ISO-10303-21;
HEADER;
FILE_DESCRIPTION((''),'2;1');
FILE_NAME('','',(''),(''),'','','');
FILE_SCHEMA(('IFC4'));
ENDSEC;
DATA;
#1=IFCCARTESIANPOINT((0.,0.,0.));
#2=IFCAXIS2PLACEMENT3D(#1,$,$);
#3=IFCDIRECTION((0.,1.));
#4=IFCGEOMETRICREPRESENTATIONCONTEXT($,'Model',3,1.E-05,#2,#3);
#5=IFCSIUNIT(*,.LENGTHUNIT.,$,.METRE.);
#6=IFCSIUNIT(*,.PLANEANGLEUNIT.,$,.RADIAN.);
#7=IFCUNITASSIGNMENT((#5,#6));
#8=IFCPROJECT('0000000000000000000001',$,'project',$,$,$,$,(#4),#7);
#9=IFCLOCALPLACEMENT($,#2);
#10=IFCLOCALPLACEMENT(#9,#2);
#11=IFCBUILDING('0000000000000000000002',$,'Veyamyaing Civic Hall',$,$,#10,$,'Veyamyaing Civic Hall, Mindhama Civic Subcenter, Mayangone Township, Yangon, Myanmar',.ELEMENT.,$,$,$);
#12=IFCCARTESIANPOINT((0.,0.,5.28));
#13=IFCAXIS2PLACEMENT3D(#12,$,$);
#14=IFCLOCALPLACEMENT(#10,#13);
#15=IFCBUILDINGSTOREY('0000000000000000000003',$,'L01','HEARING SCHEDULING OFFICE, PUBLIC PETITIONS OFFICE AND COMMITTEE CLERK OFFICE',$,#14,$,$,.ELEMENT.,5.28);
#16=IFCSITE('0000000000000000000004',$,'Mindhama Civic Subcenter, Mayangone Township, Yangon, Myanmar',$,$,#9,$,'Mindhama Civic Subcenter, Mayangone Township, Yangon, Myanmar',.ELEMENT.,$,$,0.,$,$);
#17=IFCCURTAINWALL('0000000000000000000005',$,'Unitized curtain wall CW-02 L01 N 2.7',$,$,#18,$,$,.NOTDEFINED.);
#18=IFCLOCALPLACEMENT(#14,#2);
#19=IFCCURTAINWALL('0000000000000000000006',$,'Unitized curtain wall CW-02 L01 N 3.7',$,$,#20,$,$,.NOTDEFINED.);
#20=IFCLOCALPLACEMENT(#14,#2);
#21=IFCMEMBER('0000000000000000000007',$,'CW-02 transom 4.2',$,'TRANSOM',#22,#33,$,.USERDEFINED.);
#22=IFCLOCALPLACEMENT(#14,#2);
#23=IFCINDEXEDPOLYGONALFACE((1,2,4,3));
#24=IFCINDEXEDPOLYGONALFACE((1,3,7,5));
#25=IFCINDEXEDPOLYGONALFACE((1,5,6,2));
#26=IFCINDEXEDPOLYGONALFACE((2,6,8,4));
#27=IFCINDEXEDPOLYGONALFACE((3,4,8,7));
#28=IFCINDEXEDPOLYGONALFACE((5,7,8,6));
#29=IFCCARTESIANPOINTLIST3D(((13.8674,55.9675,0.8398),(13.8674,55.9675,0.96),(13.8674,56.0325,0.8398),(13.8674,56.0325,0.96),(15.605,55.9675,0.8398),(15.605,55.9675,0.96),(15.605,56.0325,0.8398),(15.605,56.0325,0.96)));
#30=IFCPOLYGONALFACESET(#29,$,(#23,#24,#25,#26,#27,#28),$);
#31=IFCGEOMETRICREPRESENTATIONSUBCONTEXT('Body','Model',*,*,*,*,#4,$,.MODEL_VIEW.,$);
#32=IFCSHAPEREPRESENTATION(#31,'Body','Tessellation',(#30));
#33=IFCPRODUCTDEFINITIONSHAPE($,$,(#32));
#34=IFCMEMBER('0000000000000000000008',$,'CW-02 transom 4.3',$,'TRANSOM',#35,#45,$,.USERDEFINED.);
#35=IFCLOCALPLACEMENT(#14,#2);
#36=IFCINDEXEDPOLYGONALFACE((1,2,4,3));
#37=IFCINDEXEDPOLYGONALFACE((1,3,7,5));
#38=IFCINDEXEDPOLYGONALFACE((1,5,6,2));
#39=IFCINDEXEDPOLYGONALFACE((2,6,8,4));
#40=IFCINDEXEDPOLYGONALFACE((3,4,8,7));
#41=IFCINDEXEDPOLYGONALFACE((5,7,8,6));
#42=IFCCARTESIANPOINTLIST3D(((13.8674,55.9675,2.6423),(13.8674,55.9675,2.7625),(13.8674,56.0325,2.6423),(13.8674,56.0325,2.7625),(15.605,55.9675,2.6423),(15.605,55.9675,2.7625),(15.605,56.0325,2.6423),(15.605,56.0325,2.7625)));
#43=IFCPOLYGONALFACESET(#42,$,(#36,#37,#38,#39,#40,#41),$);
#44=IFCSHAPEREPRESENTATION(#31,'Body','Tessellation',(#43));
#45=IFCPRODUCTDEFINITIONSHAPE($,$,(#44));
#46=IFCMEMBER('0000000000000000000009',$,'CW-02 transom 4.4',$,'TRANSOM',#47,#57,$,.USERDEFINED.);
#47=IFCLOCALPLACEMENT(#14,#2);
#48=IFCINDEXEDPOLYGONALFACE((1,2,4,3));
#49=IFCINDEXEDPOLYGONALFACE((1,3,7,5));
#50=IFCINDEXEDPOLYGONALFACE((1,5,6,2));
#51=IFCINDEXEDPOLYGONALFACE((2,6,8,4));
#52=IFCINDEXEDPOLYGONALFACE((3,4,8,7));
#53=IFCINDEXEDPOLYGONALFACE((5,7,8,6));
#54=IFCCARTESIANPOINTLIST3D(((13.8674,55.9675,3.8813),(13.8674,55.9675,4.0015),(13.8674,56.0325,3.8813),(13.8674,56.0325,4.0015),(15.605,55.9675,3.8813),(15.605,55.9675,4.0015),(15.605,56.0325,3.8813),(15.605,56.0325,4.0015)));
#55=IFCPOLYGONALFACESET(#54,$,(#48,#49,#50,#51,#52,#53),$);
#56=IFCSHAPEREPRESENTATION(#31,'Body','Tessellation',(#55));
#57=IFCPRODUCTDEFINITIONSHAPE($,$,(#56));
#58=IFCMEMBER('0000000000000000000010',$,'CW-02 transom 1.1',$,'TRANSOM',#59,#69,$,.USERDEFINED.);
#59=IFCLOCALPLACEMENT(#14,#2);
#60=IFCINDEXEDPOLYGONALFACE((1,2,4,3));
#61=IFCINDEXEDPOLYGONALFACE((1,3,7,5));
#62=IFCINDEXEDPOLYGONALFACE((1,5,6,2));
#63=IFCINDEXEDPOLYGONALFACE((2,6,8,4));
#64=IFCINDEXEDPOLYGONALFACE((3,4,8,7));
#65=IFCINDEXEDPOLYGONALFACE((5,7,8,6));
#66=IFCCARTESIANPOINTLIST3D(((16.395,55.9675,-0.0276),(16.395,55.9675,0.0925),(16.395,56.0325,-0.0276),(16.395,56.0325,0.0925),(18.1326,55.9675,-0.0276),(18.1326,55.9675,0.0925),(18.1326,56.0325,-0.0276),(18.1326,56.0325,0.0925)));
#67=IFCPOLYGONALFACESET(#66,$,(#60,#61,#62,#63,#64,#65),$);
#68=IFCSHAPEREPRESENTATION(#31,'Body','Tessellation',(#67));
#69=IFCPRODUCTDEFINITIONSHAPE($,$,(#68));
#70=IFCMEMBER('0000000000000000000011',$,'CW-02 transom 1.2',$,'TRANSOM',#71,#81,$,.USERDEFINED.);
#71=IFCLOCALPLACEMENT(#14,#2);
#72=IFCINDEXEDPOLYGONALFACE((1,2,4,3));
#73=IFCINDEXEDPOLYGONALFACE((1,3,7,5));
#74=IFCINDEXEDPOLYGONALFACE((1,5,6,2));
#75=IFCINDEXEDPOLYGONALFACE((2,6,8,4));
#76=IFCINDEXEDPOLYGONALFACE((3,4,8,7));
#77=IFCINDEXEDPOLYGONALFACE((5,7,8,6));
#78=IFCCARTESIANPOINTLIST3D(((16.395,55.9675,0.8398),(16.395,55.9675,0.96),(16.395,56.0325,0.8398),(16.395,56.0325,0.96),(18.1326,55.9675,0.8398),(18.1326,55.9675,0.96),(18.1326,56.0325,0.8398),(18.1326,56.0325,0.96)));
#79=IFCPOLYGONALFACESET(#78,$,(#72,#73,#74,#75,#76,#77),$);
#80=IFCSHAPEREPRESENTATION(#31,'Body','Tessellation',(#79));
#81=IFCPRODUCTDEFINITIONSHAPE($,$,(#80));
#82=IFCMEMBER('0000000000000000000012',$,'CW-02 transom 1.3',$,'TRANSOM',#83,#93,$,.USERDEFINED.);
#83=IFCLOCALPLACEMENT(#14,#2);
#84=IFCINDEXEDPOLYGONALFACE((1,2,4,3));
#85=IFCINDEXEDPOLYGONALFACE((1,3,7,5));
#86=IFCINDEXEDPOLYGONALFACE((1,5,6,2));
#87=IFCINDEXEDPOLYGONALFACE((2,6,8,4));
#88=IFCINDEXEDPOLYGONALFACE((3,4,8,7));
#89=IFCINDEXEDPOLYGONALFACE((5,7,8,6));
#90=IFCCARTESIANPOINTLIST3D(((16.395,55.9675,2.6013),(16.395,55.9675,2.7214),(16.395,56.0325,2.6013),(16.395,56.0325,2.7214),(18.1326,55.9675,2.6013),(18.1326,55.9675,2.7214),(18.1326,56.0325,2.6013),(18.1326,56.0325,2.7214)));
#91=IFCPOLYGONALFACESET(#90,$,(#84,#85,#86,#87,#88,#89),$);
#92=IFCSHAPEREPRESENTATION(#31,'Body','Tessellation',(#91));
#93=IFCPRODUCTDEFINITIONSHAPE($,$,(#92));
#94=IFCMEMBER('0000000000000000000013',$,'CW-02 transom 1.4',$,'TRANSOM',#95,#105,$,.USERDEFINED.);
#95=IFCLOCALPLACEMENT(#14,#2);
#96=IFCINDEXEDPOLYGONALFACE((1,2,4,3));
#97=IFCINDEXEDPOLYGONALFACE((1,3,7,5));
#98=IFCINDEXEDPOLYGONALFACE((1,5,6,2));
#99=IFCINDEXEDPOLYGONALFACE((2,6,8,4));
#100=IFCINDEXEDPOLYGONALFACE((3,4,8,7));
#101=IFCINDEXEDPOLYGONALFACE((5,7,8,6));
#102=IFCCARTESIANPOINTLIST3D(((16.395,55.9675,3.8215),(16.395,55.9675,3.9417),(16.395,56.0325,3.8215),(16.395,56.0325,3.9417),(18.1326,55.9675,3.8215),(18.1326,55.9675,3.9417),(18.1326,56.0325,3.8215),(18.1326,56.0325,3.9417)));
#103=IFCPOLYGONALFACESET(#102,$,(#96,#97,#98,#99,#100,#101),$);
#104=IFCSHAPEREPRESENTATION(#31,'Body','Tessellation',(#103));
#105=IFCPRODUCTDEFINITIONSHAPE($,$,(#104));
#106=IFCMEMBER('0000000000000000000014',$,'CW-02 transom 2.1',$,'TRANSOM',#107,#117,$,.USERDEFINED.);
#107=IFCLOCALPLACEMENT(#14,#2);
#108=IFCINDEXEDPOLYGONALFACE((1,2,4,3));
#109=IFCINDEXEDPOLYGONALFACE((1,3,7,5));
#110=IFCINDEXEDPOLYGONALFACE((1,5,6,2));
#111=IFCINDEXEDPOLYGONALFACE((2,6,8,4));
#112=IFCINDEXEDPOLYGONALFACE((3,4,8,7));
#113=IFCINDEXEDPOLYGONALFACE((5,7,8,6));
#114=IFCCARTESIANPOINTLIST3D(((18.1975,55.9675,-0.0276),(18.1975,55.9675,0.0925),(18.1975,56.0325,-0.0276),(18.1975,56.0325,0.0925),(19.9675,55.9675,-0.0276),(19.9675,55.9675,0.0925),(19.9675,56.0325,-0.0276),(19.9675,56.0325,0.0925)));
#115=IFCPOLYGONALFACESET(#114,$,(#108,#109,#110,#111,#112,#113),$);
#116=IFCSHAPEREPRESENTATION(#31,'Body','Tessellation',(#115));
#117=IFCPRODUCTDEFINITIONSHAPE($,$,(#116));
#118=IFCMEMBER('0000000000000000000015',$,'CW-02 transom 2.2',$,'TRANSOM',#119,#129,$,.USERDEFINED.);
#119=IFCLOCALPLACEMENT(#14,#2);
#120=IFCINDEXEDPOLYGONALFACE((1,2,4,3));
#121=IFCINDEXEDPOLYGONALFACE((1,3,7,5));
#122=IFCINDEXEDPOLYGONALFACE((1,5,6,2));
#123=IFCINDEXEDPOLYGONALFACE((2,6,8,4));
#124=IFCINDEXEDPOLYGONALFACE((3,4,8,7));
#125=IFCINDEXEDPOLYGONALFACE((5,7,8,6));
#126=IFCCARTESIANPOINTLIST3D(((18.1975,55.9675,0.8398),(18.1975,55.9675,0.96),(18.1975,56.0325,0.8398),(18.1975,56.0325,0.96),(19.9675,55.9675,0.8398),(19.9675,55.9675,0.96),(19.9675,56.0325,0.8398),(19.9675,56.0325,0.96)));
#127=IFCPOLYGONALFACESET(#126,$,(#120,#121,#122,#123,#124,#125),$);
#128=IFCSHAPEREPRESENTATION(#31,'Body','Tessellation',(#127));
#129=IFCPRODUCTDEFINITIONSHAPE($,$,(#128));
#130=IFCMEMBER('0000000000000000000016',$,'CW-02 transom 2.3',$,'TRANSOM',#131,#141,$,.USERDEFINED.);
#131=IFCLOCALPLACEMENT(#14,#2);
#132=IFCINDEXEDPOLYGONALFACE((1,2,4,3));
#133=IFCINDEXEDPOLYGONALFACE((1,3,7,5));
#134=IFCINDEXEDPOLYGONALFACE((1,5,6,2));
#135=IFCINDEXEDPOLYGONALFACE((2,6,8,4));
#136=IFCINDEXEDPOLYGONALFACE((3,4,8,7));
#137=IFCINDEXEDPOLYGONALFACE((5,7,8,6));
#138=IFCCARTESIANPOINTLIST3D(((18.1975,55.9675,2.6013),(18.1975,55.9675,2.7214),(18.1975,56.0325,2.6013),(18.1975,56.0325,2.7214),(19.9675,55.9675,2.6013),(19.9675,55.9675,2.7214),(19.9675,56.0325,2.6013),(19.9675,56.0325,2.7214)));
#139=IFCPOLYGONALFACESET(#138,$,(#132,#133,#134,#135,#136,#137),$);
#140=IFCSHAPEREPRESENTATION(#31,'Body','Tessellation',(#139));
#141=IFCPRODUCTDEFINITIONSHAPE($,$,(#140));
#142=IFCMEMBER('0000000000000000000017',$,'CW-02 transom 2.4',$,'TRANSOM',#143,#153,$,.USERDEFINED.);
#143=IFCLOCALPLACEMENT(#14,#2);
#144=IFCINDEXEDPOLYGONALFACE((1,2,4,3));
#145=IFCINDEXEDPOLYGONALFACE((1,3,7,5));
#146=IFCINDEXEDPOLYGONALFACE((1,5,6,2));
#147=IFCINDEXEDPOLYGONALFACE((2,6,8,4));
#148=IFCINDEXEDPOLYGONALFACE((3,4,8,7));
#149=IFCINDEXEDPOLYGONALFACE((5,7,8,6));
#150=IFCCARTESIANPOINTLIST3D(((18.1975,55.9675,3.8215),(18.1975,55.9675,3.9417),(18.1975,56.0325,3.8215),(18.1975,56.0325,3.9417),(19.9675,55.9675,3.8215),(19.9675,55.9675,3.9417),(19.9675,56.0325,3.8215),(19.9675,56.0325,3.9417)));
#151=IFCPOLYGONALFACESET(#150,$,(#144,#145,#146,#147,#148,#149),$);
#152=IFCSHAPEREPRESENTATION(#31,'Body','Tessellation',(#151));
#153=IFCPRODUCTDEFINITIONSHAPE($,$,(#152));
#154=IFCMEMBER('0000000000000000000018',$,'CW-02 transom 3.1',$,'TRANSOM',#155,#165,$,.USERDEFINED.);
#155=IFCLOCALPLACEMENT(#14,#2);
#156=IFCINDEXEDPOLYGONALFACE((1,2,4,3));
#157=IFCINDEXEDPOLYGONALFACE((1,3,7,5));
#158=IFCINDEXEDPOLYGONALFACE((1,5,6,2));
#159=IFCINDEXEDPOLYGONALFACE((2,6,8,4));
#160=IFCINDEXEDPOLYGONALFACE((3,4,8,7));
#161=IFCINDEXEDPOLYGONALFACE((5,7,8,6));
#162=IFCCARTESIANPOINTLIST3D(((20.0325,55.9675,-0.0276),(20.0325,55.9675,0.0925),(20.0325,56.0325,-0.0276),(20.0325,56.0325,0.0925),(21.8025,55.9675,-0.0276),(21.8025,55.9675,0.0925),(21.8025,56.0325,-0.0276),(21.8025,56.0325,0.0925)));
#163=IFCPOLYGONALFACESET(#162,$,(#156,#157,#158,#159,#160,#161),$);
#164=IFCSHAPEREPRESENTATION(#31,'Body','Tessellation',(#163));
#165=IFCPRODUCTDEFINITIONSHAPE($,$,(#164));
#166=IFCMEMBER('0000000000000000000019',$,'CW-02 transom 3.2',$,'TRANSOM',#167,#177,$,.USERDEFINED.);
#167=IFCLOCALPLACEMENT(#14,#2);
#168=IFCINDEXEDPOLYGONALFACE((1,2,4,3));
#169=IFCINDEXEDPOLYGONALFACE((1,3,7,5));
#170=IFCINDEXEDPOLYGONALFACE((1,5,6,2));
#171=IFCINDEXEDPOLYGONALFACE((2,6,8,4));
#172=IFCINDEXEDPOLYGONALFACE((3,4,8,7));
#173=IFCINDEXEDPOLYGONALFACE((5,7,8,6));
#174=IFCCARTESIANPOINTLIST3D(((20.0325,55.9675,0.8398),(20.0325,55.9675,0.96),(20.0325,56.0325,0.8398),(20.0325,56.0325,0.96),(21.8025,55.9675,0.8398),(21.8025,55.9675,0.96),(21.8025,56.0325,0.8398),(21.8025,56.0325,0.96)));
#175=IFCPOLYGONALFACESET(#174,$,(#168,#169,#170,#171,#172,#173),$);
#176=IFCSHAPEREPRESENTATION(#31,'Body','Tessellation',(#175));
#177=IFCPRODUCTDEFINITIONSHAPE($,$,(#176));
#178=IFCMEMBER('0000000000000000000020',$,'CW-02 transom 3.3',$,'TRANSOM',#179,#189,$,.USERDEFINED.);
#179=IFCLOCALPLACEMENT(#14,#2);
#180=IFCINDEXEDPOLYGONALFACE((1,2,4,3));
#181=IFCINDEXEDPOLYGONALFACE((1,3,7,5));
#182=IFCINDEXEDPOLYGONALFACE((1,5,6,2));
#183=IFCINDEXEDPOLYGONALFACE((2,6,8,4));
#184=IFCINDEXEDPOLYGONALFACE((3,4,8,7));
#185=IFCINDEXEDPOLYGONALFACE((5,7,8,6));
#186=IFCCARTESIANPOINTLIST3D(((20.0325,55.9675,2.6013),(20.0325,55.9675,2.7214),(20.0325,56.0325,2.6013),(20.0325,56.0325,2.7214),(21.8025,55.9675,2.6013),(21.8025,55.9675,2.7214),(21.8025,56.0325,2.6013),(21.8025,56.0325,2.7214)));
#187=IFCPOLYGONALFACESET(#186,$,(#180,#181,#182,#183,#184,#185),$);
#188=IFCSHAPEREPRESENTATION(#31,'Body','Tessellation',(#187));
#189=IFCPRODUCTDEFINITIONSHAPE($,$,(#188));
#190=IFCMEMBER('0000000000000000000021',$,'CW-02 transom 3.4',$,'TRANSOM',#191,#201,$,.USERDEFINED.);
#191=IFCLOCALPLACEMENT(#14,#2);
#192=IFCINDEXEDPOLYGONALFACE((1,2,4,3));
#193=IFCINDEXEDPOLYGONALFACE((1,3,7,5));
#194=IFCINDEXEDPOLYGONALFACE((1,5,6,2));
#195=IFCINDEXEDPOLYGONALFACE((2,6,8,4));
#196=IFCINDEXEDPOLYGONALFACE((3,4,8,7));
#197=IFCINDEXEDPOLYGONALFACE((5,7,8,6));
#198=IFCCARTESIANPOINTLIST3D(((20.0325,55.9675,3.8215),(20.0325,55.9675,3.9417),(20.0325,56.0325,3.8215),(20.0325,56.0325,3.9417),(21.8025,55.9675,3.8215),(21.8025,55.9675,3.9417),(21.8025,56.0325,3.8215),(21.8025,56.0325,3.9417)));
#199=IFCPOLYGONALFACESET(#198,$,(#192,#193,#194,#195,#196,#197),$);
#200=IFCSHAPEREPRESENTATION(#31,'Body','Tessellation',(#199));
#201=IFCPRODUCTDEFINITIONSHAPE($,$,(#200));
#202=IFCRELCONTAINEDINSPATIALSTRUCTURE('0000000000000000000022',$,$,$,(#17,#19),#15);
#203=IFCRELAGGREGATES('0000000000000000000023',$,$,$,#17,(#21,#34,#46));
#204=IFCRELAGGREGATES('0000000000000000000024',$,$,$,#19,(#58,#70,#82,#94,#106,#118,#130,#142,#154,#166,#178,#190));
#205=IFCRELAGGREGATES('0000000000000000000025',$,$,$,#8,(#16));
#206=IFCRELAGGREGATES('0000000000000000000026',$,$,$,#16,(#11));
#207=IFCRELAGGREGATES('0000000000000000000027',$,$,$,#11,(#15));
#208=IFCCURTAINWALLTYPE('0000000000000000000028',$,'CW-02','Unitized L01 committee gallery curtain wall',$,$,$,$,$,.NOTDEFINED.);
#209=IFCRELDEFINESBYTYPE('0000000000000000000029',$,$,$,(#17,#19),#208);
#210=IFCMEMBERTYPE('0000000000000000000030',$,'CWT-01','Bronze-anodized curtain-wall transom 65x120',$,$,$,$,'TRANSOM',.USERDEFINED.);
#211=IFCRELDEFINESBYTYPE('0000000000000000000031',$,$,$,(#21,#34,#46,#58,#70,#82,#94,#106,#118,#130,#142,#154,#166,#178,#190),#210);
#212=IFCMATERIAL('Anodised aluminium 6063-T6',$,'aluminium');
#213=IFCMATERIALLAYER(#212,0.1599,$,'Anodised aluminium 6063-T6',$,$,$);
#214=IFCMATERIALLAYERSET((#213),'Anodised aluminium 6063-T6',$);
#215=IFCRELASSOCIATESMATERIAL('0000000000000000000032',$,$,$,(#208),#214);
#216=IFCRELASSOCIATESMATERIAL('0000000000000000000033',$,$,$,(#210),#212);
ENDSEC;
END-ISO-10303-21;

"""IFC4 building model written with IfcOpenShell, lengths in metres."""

from ifc_helpers import new_model, si_unit, direction, frame, origin, origin_2d, place, context, subcontext, project, spatial, rectangle, extrude, material, layer, layer_set, material_profile, profile_set, type_object, element, aggregate, save


model = new_model("IFC4")

# Units and contexts
model_context = context("Model", 3, precision=1e-05, world=origin(), true_north=direction((0.0, 1.0)))
body_context = subcontext(model_context, "Body", "Model", "MODEL_VIEW")
ifc_project = project(units=[si_unit("LENGTHUNIT", "METRE"), si_unit("PLANEANGLEUNIT", "RADIAN")], contexts=[model_context])

# Site, building, storey
site_placement = place(None, origin())
site = spatial("IfcSite", under=ifc_project, at=site_placement, Name="Mindhama Civic Subcenter, Mayangone Township, Yangon, Myanmar", LongName="Mindhama Civic Subcenter, Mayangone Township, Yangon, Myanmar", CompositionType="ELEMENT", RefElevation=0.0)
building_placement = place(site_placement, origin())
building = spatial("IfcBuilding", under=site, at=building_placement, Name="Veyamyaing Civic Hall", LongName="Veyamyaing Civic Hall, Mindhama Civic Subcenter, Mayangone Township, Yangon, Myanmar", CompositionType="ELEMENT")
storey_placement = place(building_placement, frame((0.0, 0.0, 5.28)))
storey = spatial("IfcBuildingStorey", under=building, at=storey_placement, Name="L01", Description="HEARING SCHEDULING OFFICE, PUBLIC PETITIONS OFFICE AND COMMITTEE CLERK OFFICE", CompositionType="ELEMENT", Elevation=5.28)

# Curtain walls
ifc_material_1 = material(Name="Anodised aluminium 6063-T6", Category="aluminium")
ifc_layer_1 = layer(ifc_material_1, 0.1599, Name="Anodised aluminium 6063-T6")
ifc_layer_set_1 = layer_set([ifc_layer_1], Name="Anodised aluminium 6063-T6")
curtain_wall_type = type_object("IfcCurtainWallType", Name="CW-02", Description="Unitized L01 committee gallery curtain wall", PredefinedType="NOTDEFINED", material=ifc_layer_set_1)
curtain_wall_1_placement = place(storey_placement, origin())
curtain_wall_1 = element("IfcCurtainWall", 1, at=curtain_wall_1_placement, inside=storey, type_object=curtain_wall_type, Name="Unitized curtain wall CW-02 L01 N 2.7", PredefinedType="NOTDEFINED")
curtain_wall_2_placement = place(storey_placement, origin())
curtain_wall_2 = element("IfcCurtainWall", 2, at=curtain_wall_2_placement, inside=storey, type_object=curtain_wall_type, Name="Unitized curtain wall CW-02 L01 N 3.7", PredefinedType="NOTDEFINED")

# Members
ifc_material_profile_1 = material_profile(ifc_material_1, rectangle(XDim=0.0649, YDim=0.1201, at=origin_2d()), Name="ALU-TRN-65X120")
ifc_profile_set_1 = profile_set([ifc_material_profile_1], Name="Anodised aluminium 6063-T6")
member_type_1 = type_object("IfcMemberType", Name="CWT-01", Description="Bronze-anodized curtain-wall transom 65x120", ElementType="TRANSOM", PredefinedType="USERDEFINED", material=ifc_profile_set_1)
member_1_placement = place(storey_placement, frame((13.8674, 56.0, 0.8999), z_axis=(1.0, 0.0, 0.0), x_axis=(0.0, 1.0, 0.0)))
member_1 = element("IfcMember", 3, at=member_1_placement, type_object=member_type_1, Name="CW-02 transom 4.2", ObjectType="TRANSOM", PredefinedType="USERDEFINED", context=body_context, shape_type="SweptSolid", body=[
    extrude(rectangle(XDim=0.0649, YDim=0.1201, at=origin_2d()), origin(), (0.0, 0.0, 1.0), 1.7375),
])
member_2_placement = place(storey_placement, frame((13.8674, 56.0, 2.7024), z_axis=(1.0, 0.0, 0.0), x_axis=(0.0, 1.0, 0.0)))
member_2 = element("IfcMember", 4, at=member_2_placement, type_object=member_type_1, Name="CW-02 transom 4.3", ObjectType="TRANSOM", PredefinedType="USERDEFINED", context=body_context, shape_type="SweptSolid", body=[
    extrude(rectangle(XDim=0.0649, YDim=0.1201, at=origin_2d()), origin(), (0.0, 0.0, 1.0), 1.7375),
])
member_3_placement = place(storey_placement, frame((13.8674, 56.0, 3.9414), z_axis=(1.0, 0.0, 0.0), x_axis=(0.0, 1.0, 0.0)))
member_3 = element("IfcMember", 5, at=member_3_placement, type_object=member_type_1, Name="CW-02 transom 4.4", ObjectType="TRANSOM", PredefinedType="USERDEFINED", context=body_context, shape_type="SweptSolid", body=[
    extrude(rectangle(XDim=0.0649, YDim=0.1201, at=origin_2d()), origin(), (0.0, 0.0, 1.0), 1.7375),
])
member_4_placement = place(storey_placement, frame((16.395, 56.0, 0.0325), z_axis=(1.0, 0.0, 0.0), x_axis=(0.0, 1.0, 0.0)))
member_4 = element("IfcMember", 6, at=member_4_placement, type_object=member_type_1, Name="CW-02 transom 1.1", ObjectType="TRANSOM", PredefinedType="USERDEFINED", context=body_context, shape_type="SweptSolid", body=[
    extrude(rectangle(XDim=0.0649, YDim=0.1201, at=origin_2d()), origin(), (0.0, 0.0, 1.0), 1.7375),
])
member_5_placement = place(storey_placement, frame((16.395, 56.0, 0.8999), z_axis=(1.0, 0.0, 0.0), x_axis=(0.0, 1.0, 0.0)))
member_5 = element("IfcMember", 7, at=member_5_placement, type_object=member_type_1, Name="CW-02 transom 1.2", ObjectType="TRANSOM", PredefinedType="USERDEFINED", context=body_context, shape_type="SweptSolid", body=[
    extrude(rectangle(XDim=0.0649, YDim=0.1201, at=origin_2d()), origin(), (0.0, 0.0, 1.0), 1.7375),
])
member_6_placement = place(storey_placement, frame((16.395, 56.0, 2.6614), z_axis=(1.0, 0.0, 0.0), x_axis=(0.0, 1.0, 0.0)))
member_6 = element("IfcMember", 8, at=member_6_placement, type_object=member_type_1, Name="CW-02 transom 1.3", ObjectType="TRANSOM", PredefinedType="USERDEFINED", context=body_context, shape_type="SweptSolid", body=[
    extrude(rectangle(XDim=0.0649, YDim=0.1201, at=origin_2d()), origin(), (0.0, 0.0, 1.0), 1.7375),
])
member_7_placement = place(storey_placement, frame((16.395, 56.0, 3.8816), z_axis=(1.0, 0.0, 0.0), x_axis=(0.0, 1.0, 0.0)))
member_7 = element("IfcMember", 9, at=member_7_placement, type_object=member_type_1, Name="CW-02 transom 1.4", ObjectType="TRANSOM", PredefinedType="USERDEFINED", context=body_context, shape_type="SweptSolid", body=[
    extrude(rectangle(XDim=0.0649, YDim=0.1201, at=origin_2d()), origin(), (0.0, 0.0, 1.0), 1.7375),
])
member_8_placement = place(storey_placement, frame((18.1975, 56.0, 0.0325), z_axis=(1.0, 0.0, 0.0), x_axis=(0.0, 1.0, 0.0)))
member_8 = element("IfcMember", 10, at=member_8_placement, type_object=member_type_1, Name="CW-02 transom 2.1", ObjectType="TRANSOM", PredefinedType="USERDEFINED", context=body_context, shape_type="SweptSolid", body=[
    extrude(rectangle(XDim=0.0649, YDim=0.1201, at=origin_2d()), origin(), (0.0, 0.0, 1.0), 1.77),
])
member_9_placement = place(storey_placement, frame((18.1975, 56.0, 0.8999), z_axis=(1.0, 0.0, 0.0), x_axis=(0.0, 1.0, 0.0)))
member_9 = element("IfcMember", 11, at=member_9_placement, type_object=member_type_1, Name="CW-02 transom 2.2", ObjectType="TRANSOM", PredefinedType="USERDEFINED", context=body_context, shape_type="SweptSolid", body=[
    extrude(rectangle(XDim=0.0649, YDim=0.1201, at=origin_2d()), origin(), (0.0, 0.0, 1.0), 1.77),
])
member_10_placement = place(storey_placement, frame((18.1975, 56.0, 2.6614), z_axis=(1.0, 0.0, 0.0), x_axis=(0.0, 1.0, 0.0)))
member_10 = element("IfcMember", 12, at=member_10_placement, type_object=member_type_1, Name="CW-02 transom 2.3", ObjectType="TRANSOM", PredefinedType="USERDEFINED", context=body_context, shape_type="SweptSolid", body=[
    extrude(rectangle(XDim=0.0649, YDim=0.1201, at=origin_2d()), origin(), (0.0, 0.0, 1.0), 1.77),
])
member_11_placement = place(storey_placement, frame((18.1975, 56.0, 3.8816), z_axis=(1.0, 0.0, 0.0), x_axis=(0.0, 1.0, 0.0)))
member_11 = element("IfcMember", 13, at=member_11_placement, type_object=member_type_1, Name="CW-02 transom 2.4", ObjectType="TRANSOM", PredefinedType="USERDEFINED", context=body_context, shape_type="SweptSolid", body=[
    extrude(rectangle(XDim=0.0649, YDim=0.1201, at=origin_2d()), origin(), (0.0, 0.0, 1.0), 1.77),
])
member_12_placement = place(storey_placement, frame((20.0325, 56.0, 0.0325), z_axis=(1.0, 0.0, 0.0), x_axis=(0.0, 1.0, 0.0)))
member_12 = element("IfcMember", 14, at=member_12_placement, type_object=member_type_1, Name="CW-02 transom 3.1", ObjectType="TRANSOM", PredefinedType="USERDEFINED", context=body_context, shape_type="SweptSolid", body=[
    extrude(rectangle(XDim=0.0649, YDim=0.1201, at=origin_2d()), origin(), (0.0, 0.0, 1.0), 1.77),
])
member_13_placement = place(storey_placement, frame((20.0325, 56.0, 0.8999), z_axis=(1.0, 0.0, 0.0), x_axis=(0.0, 1.0, 0.0)))
member_13 = element("IfcMember", 15, at=member_13_placement, type_object=member_type_1, Name="CW-02 transom 3.2", ObjectType="TRANSOM", PredefinedType="USERDEFINED", context=body_context, shape_type="SweptSolid", body=[
    extrude(rectangle(XDim=0.0649, YDim=0.1201, at=origin_2d()), origin(), (0.0, 0.0, 1.0), 1.77),
])
member_14_placement = place(storey_placement, frame((20.0325, 56.0, 2.6614), z_axis=(1.0, 0.0, 0.0), x_axis=(0.0, 1.0, 0.0)))
member_14 = element("IfcMember", 16, at=member_14_placement, type_object=member_type_1, Name="CW-02 transom 3.3", ObjectType="TRANSOM", PredefinedType="USERDEFINED", context=body_context, shape_type="SweptSolid", body=[
    extrude(rectangle(XDim=0.0649, YDim=0.1201, at=origin_2d()), origin(), (0.0, 0.0, 1.0), 1.77),
])
member_15_placement = place(storey_placement, frame((20.0325, 56.0, 3.8816), z_axis=(1.0, 0.0, 0.0), x_axis=(0.0, 1.0, 0.0)))
member_15 = element("IfcMember", 17, at=member_15_placement, type_object=member_type_1, Name="CW-02 transom 3.4", ObjectType="TRANSOM", PredefinedType="USERDEFINED", context=body_context, shape_type="SweptSolid", body=[
    extrude(rectangle(XDim=0.0649, YDim=0.1201, at=origin_2d()), origin(), (0.0, 0.0, 1.0), 1.77),
])

aggregate(curtain_wall_1, [member_1, member_2, member_3])
aggregate(curtain_wall_2, [member_4, member_5, member_6, member_7, member_8, member_9, member_10, member_11, member_12, member_13, member_14, member_15])

save(model, "model.ifc")
